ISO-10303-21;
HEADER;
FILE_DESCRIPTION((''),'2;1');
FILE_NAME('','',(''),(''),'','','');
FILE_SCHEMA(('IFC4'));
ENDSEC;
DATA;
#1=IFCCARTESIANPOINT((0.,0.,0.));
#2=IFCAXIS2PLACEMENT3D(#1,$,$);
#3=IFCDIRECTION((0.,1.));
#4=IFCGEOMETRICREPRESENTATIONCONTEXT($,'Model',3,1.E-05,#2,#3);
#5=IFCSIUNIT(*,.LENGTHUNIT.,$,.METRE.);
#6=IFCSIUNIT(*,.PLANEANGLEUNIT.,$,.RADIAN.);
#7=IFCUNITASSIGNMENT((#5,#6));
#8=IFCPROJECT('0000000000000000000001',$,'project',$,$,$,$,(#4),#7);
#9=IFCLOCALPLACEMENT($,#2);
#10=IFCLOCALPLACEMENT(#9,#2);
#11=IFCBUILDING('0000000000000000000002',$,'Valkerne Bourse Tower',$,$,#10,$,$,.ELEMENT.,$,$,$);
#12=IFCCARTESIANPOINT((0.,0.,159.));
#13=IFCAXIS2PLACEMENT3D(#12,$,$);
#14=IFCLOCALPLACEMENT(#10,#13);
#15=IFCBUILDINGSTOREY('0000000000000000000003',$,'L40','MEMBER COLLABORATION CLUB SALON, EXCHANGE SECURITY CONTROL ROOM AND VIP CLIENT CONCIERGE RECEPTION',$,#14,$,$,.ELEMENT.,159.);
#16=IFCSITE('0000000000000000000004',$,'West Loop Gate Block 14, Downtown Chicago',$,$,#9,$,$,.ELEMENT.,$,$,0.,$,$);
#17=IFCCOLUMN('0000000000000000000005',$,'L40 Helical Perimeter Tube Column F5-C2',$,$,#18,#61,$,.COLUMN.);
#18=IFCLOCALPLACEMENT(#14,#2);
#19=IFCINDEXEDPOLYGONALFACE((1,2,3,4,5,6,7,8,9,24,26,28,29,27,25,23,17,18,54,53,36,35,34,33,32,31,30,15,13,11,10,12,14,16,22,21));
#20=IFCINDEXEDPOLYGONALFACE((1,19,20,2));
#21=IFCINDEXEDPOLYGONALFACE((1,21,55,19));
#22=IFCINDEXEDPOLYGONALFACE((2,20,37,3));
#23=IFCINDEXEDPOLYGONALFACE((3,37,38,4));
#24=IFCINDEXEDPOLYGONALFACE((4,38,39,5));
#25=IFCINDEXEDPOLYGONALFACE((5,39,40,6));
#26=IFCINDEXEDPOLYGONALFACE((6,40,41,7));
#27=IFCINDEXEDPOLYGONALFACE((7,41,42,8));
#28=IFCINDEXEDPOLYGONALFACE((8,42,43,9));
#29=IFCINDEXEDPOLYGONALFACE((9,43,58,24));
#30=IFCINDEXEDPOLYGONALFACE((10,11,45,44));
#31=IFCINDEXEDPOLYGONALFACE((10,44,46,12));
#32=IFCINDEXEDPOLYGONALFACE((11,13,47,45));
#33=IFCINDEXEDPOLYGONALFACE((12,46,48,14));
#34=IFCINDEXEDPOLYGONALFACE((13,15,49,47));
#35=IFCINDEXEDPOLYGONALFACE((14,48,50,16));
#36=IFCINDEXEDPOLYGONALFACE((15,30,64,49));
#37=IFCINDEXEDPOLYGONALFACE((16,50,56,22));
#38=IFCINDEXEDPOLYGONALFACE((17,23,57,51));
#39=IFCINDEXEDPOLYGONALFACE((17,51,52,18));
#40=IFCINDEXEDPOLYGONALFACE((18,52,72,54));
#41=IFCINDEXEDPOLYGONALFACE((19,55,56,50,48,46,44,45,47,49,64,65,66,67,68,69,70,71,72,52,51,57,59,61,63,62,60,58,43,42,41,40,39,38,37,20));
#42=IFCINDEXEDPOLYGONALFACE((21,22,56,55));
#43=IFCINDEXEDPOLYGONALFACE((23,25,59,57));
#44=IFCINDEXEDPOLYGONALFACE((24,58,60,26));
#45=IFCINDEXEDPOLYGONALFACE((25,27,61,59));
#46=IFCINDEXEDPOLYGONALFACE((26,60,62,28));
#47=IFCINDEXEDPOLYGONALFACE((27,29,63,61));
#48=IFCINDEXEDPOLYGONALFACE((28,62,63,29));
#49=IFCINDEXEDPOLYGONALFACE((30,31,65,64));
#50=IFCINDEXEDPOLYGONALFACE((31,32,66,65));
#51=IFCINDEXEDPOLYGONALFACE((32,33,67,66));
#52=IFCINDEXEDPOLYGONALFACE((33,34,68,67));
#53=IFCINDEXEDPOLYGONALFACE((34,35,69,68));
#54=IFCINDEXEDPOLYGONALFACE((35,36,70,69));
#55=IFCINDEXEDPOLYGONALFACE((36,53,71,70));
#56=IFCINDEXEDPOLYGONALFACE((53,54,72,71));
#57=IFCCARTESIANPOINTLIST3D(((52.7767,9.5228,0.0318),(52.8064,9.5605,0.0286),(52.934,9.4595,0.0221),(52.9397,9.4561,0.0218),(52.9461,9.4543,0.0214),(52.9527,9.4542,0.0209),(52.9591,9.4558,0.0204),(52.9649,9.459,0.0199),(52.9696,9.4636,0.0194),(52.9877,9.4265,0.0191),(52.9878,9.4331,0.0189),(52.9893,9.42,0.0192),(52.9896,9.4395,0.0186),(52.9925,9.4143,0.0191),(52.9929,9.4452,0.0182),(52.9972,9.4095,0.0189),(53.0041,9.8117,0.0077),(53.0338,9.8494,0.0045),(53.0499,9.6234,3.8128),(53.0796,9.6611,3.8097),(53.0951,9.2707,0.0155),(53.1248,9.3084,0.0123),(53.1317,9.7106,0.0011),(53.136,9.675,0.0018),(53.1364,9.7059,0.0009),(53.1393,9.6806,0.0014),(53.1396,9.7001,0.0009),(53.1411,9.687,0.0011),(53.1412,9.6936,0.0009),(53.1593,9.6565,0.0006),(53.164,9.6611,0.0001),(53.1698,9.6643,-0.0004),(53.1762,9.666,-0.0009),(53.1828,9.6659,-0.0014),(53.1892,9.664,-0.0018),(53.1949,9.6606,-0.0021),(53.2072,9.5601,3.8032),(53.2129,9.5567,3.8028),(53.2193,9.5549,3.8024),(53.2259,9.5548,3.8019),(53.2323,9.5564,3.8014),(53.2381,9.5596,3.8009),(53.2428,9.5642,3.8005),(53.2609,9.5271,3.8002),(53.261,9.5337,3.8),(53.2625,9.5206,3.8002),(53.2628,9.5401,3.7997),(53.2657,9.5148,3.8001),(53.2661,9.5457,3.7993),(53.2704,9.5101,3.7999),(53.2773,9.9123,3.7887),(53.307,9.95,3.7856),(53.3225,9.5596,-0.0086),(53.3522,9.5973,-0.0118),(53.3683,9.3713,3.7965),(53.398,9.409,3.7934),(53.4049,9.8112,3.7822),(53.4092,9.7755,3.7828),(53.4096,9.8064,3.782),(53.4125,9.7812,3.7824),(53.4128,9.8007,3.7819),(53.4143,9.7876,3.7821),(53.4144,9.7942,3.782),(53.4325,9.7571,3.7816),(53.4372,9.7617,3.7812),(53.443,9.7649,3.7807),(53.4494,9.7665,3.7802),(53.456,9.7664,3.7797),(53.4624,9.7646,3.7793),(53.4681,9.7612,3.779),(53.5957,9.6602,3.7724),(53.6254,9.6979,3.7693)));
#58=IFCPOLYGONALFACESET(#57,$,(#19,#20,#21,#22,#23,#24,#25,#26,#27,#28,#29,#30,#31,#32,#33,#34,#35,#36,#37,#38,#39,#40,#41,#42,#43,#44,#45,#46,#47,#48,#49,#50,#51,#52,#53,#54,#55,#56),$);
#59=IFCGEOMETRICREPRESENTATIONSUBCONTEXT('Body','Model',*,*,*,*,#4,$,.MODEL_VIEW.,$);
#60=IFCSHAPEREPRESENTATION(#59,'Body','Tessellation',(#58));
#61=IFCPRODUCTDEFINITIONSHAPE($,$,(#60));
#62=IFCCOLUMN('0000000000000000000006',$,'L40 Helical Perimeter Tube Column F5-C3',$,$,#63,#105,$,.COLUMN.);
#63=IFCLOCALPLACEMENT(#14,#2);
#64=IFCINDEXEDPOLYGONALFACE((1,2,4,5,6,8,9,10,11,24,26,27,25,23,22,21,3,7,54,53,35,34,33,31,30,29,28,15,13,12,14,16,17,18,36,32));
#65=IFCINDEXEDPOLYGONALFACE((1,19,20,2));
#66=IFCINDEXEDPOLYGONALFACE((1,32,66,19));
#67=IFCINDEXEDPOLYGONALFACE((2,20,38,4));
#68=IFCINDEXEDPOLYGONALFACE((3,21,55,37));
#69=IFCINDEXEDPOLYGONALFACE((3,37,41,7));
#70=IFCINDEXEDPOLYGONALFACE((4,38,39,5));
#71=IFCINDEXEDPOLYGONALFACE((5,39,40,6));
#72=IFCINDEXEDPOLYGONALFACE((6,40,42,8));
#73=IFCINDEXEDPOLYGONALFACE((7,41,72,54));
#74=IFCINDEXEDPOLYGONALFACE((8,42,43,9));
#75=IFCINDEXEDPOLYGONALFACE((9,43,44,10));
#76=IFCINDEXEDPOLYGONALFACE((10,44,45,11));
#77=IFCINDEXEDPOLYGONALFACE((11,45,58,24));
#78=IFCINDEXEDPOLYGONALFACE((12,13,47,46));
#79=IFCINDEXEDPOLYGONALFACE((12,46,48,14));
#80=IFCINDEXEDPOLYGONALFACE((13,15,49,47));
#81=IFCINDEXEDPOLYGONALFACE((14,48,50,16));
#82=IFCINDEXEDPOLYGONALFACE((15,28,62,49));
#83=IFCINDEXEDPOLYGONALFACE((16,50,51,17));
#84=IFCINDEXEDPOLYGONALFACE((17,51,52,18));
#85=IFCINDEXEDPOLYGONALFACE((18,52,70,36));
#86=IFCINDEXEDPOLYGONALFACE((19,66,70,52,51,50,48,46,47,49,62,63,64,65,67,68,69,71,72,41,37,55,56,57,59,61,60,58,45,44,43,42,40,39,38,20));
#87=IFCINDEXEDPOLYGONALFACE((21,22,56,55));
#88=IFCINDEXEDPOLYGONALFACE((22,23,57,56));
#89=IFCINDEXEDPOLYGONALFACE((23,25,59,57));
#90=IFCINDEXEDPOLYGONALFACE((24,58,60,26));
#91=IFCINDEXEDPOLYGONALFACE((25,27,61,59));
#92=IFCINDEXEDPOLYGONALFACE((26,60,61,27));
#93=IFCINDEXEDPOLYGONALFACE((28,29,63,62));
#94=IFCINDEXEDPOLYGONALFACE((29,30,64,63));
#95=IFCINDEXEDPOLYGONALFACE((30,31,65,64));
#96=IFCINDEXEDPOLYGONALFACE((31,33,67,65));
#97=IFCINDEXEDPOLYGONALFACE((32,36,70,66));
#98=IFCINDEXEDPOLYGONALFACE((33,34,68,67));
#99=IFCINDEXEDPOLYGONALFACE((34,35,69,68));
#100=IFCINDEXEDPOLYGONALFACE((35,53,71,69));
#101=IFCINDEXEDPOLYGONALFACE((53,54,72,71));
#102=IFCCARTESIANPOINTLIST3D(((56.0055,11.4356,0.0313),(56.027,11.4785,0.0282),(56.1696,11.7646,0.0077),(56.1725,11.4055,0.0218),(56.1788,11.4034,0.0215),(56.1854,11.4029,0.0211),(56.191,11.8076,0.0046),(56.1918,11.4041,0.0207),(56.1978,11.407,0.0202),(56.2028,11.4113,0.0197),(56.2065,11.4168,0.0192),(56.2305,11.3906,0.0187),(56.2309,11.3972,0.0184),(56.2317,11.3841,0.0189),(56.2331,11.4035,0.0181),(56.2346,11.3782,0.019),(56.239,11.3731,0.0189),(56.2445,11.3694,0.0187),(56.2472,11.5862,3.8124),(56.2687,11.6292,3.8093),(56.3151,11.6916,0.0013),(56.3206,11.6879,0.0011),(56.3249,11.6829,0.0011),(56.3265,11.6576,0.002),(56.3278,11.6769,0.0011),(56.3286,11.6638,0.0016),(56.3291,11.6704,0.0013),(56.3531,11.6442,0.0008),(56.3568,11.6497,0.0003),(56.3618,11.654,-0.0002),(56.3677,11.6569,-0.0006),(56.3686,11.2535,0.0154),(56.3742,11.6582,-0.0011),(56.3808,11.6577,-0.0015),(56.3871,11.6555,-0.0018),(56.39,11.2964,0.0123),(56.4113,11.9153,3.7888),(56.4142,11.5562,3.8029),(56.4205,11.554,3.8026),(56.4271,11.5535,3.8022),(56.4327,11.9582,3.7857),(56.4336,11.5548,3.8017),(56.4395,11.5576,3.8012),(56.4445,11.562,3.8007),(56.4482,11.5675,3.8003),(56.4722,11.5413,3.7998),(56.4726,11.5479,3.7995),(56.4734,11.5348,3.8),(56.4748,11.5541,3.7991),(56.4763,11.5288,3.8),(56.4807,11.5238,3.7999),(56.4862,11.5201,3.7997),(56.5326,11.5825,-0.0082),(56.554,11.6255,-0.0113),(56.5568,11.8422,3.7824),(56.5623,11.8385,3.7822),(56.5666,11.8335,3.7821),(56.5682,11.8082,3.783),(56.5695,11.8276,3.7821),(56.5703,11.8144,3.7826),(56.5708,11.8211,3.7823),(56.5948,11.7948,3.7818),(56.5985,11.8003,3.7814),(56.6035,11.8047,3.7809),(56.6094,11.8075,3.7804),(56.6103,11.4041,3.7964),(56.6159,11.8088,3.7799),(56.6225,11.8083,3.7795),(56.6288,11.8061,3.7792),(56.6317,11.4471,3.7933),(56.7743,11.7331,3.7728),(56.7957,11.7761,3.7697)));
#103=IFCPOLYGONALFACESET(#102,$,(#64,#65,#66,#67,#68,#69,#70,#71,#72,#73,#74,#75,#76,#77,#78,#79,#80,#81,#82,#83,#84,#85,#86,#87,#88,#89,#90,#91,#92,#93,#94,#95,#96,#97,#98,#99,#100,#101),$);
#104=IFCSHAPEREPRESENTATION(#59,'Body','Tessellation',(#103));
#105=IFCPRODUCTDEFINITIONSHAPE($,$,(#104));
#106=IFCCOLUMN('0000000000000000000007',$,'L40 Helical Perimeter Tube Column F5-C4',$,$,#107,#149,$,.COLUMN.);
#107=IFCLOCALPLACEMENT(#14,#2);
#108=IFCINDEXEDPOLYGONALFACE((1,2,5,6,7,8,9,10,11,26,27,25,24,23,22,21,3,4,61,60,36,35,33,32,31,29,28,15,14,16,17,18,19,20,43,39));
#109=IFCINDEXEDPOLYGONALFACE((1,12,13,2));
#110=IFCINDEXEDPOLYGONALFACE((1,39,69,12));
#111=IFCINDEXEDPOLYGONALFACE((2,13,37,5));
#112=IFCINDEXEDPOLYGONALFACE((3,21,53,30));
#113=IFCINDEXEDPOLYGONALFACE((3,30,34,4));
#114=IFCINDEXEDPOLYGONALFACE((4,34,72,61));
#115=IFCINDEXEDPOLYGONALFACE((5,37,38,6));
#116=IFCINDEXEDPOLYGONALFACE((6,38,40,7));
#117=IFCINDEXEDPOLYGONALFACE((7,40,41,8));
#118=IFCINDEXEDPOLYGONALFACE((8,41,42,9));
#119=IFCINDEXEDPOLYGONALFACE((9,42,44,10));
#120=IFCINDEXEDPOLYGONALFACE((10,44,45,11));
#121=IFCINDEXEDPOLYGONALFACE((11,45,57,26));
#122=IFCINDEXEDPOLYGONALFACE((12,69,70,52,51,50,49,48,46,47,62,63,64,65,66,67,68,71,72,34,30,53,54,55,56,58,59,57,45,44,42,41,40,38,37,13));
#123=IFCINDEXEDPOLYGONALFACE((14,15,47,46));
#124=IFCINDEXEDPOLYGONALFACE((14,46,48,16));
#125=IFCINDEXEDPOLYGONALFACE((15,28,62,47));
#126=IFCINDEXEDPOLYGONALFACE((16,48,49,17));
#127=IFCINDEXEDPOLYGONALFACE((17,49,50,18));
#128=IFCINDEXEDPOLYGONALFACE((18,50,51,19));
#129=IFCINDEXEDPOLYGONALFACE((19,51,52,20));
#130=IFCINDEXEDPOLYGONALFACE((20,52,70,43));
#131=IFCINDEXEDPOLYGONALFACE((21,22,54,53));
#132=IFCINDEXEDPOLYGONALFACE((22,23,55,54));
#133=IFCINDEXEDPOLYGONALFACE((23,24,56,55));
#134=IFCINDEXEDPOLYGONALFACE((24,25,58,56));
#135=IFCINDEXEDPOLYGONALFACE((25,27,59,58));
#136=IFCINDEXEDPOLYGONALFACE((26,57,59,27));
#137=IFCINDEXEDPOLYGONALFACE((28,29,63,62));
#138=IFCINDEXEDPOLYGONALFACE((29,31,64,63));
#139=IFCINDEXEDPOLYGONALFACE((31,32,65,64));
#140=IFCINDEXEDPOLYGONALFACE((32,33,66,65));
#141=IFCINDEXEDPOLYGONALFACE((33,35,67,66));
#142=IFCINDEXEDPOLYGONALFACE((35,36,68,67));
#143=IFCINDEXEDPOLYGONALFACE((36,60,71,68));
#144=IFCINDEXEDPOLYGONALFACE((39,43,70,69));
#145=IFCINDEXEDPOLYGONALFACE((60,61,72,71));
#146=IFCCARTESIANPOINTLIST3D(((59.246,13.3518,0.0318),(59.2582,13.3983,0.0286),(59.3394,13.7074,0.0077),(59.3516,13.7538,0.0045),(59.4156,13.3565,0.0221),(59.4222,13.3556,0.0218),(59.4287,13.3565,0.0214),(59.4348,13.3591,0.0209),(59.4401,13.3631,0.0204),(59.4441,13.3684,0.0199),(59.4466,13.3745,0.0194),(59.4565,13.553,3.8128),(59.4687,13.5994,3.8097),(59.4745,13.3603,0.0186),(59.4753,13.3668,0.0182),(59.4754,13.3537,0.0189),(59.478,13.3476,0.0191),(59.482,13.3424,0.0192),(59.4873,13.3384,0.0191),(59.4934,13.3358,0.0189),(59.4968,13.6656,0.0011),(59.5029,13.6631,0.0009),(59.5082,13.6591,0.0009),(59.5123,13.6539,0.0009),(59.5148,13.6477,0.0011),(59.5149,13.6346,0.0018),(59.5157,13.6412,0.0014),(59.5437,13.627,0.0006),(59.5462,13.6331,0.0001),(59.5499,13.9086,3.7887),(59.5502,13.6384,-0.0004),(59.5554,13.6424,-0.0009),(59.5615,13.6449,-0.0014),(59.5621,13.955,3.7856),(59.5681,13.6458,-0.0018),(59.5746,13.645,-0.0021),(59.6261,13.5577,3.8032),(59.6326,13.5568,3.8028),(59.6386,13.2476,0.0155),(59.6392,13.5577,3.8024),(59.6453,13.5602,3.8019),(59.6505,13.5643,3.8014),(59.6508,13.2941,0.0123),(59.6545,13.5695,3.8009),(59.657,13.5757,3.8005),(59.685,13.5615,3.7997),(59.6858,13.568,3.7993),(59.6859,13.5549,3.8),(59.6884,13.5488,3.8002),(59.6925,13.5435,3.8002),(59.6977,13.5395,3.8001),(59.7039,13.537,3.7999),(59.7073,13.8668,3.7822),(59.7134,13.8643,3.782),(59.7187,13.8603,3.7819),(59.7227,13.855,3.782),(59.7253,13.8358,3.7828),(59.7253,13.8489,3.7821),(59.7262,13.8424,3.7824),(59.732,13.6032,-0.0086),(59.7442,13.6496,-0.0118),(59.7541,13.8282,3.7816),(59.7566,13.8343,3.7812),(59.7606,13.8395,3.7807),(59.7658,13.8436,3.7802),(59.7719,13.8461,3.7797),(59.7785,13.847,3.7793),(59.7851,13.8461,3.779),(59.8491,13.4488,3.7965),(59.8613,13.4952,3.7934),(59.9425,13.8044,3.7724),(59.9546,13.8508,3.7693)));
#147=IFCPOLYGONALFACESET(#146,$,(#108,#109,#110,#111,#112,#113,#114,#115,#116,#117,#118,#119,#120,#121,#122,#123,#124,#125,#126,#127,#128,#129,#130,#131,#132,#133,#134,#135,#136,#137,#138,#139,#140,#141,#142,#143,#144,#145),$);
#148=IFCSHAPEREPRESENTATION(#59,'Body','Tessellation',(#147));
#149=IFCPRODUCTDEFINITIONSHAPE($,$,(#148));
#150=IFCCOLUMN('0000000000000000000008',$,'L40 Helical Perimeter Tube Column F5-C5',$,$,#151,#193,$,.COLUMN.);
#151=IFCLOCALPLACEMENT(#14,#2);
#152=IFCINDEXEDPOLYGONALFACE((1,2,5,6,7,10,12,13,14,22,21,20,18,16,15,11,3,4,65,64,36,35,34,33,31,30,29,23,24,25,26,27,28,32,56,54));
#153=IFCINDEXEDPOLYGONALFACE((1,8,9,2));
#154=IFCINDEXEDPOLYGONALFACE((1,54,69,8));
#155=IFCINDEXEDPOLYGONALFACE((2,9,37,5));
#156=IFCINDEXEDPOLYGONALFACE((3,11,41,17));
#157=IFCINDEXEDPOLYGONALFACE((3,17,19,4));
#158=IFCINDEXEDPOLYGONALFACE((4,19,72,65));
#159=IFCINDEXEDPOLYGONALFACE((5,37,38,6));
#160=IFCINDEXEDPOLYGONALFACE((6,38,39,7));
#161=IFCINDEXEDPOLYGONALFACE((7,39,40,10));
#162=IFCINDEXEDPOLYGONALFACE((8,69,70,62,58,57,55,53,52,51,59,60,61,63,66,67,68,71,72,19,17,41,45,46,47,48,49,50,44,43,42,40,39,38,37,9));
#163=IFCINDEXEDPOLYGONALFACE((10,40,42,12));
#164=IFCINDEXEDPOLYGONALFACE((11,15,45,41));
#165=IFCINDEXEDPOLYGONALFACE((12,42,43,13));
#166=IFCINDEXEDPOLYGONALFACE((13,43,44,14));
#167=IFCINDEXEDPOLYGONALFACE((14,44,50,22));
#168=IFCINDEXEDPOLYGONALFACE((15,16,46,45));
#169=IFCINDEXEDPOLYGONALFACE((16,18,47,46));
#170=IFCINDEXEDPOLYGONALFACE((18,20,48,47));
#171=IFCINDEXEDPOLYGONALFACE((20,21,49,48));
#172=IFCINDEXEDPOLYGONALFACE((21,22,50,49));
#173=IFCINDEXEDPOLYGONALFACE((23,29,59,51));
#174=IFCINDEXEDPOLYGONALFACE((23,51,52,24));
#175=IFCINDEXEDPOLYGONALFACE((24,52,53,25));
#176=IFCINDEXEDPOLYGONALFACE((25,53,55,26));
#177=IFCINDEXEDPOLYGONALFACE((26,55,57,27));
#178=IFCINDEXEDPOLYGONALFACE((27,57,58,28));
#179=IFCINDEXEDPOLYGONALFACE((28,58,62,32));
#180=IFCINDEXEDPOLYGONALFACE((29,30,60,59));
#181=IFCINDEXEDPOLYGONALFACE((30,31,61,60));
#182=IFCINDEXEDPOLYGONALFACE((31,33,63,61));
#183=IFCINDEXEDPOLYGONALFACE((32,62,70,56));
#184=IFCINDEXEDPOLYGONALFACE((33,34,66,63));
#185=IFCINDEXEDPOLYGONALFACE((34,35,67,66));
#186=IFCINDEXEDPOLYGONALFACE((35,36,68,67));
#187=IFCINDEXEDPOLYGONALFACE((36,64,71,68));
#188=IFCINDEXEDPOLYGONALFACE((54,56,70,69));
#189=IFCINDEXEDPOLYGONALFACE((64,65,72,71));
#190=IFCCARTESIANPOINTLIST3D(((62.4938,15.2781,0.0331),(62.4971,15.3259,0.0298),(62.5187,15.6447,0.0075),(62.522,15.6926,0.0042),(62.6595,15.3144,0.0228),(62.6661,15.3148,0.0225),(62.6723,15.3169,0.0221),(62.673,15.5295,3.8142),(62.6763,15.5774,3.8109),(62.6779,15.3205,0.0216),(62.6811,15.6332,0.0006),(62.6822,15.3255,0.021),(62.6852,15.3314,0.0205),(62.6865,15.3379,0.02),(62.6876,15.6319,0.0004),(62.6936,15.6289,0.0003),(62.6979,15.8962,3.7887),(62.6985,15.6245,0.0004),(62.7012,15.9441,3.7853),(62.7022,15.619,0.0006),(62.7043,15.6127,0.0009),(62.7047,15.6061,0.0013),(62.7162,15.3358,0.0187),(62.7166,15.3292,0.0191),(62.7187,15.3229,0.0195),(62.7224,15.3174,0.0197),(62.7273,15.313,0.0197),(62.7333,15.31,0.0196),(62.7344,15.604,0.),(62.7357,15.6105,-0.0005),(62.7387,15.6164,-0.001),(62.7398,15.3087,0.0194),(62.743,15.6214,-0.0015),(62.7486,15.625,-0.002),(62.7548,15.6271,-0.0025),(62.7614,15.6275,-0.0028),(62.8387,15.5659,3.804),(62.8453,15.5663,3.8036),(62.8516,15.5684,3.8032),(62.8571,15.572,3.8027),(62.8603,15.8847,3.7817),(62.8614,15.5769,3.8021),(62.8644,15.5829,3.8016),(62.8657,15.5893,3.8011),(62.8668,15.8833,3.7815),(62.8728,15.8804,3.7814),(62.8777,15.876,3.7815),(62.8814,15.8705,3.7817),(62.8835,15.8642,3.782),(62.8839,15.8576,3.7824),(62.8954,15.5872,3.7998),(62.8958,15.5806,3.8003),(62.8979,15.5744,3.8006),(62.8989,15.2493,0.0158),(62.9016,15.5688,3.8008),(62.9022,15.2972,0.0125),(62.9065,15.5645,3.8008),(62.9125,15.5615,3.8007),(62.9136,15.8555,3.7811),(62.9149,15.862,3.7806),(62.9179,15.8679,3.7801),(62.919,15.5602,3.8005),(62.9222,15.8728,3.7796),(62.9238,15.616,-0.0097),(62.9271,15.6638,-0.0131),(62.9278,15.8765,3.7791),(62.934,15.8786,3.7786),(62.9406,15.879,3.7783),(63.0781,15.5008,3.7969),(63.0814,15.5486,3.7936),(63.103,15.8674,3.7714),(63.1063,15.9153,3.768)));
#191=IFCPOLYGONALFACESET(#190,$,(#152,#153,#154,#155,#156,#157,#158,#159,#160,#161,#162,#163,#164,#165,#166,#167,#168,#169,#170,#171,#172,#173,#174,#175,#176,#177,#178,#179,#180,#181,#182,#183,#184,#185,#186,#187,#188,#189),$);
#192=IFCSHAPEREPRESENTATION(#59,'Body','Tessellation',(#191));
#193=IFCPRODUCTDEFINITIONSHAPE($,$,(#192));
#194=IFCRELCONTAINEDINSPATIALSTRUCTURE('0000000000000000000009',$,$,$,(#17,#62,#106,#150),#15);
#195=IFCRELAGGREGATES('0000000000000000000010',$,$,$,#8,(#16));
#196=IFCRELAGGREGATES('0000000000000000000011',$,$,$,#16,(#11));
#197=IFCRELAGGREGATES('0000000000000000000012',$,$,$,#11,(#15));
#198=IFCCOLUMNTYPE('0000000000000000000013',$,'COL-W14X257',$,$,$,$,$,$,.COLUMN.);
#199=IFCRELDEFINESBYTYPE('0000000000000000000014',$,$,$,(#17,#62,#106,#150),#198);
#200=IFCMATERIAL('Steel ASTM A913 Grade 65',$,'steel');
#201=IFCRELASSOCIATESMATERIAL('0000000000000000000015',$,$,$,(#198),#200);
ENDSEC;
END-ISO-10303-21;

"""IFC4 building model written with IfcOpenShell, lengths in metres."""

from ifc_helpers import new_model, si_unit, direction, frame, origin, origin_2d, place, context, subcontext, project, spatial, i_section, extrude, material, material_profile, profile_set, type_object, element, save


model = new_model("IFC4")

# Units and contexts
model_context = context("Model", 3, precision=1e-05, world=origin(), true_north=direction((0.0, 1.0)))
body_context = subcontext(model_context, "Body", "Model", "MODEL_VIEW")
ifc_project = project(units=[si_unit("LENGTHUNIT", "METRE"), si_unit("PLANEANGLEUNIT", "RADIAN")], contexts=[model_context])

# Site, building, storey
site_placement = place(None, origin())
site = spatial("IfcSite", under=ifc_project, at=site_placement, Name="West Loop Gate Block 14, Downtown Chicago", CompositionType="ELEMENT", RefElevation=0.0)
building_placement = place(site_placement, origin())
building = spatial("IfcBuilding", under=site, at=building_placement, Name="Valkerne Bourse Tower", CompositionType="ELEMENT")
storey_placement = place(building_placement, frame((0.0, 0.0, 159.0)))
storey = spatial("IfcBuildingStorey", under=building, at=storey_placement, Name="L40", Description="MEMBER COLLABORATION CLUB SALON, EXCHANGE SECURITY CONTROL ROOM AND VIP CLIENT CONCIERGE RECEPTION", CompositionType="ELEMENT", Elevation=159.0)

# Columns
ifc_material_1 = material(Name="Steel ASTM A913 Grade 65", Category="steel")
ifc_material_profile_1 = material_profile(ifc_material_1, i_section(OverallWidth=0.4065, OverallDepth=0.4165, WebThickness=0.0298, FlangeThickness=0.0481, FilletRadius=0.0254, at=origin_2d()), Name="W14X257")
ifc_profile_set_1 = profile_set([ifc_material_profile_1], Name="Steel ASTM A913 Grade 65")
column_type = type_object("IfcColumnType", Name="COL-W14X257", PredefinedType="COLUMN", material=ifc_profile_set_1)
column_1_placement = place(storey_placement, frame((53.0645, 9.5601, 0.01), z_axis=(0.072041, 0.026524, 0.997049), x_axis=(-0.78347, 0.620134, 0.040112)))
element("IfcColumn", 1, at=column_1_placement, inside=storey, type_object=column_type, Name="L40 Helical Perimeter Tube Column F5-C2", PredefinedType="COLUMN", context=body_context, shape_type="SweptSolid", body=[
    extrude(i_section(OverallWidth=0.4065, OverallDepth=0.4165, WebThickness=0.0298, FlangeThickness=0.0481, FilletRadius=0.0254, at=origin_2d()), origin(), (0.0, 0.0, 1.0), 3.7922),
])
column_2_placement = place(storey_placement, frame((56.2798, 11.5305, 0.01), z_axis=(0.063744, 0.039727, 0.997175), x_axis=(-0.893155, 0.448033, 0.039245)))
element("IfcColumn", 2, at=column_2_placement, inside=storey, type_object=column_type, Name="L40 Helical Perimeter Tube Column F5-C3", PredefinedType="COLUMN", context=body_context, shape_type="SweptSolid", body=[
    extrude(i_section(OverallWidth=0.4065, OverallDepth=0.4165, WebThickness=0.0298, FlangeThickness=0.0481, FilletRadius=0.0254, at=origin_2d()), origin(), (0.0, 0.0, 1.0), 3.7917),
])
column_3_placement = place(storey_placement, frame((59.4951, 13.5007, 0.01), z_axis=(0.055495, 0.053049, 0.997049), x_axis=(-0.965748, 0.256362, 0.040113)))
element("IfcColumn", 3, at=column_3_placement, inside=storey, type_object=column_type, Name="L40 Helical Perimeter Tube Column F5-C4", PredefinedType="COLUMN", context=body_context, shape_type="SweptSolid", body=[
    extrude(i_section(OverallWidth=0.4065, OverallDepth=0.4165, WebThickness=0.0298, FlangeThickness=0.0481, FilletRadius=0.0254, at=origin_2d()), origin(), (0.0, 0.0, 1.0), 3.7922),
])
column_4_placement = place(storey_placement, frame((62.7104, 15.4709, 0.01), z_axis=(0.047237, 0.066287, 0.996682), x_axis=(-0.996589, 0.070724, 0.042529)))
element("IfcColumn", 4, at=column_4_placement, inside=storey, type_object=column_type, Name="L40 Helical Perimeter Tube Column F5-C5", PredefinedType="COLUMN", context=body_context, shape_type="SweptSolid", body=[
    extrude(i_section(OverallWidth=0.4065, OverallDepth=0.4165, WebThickness=0.0298, FlangeThickness=0.0481, FilletRadius=0.0254, at=origin_2d()), origin(), (0.0, 0.0, 1.0), 3.7937),
])

save(model, "model.ifc")
